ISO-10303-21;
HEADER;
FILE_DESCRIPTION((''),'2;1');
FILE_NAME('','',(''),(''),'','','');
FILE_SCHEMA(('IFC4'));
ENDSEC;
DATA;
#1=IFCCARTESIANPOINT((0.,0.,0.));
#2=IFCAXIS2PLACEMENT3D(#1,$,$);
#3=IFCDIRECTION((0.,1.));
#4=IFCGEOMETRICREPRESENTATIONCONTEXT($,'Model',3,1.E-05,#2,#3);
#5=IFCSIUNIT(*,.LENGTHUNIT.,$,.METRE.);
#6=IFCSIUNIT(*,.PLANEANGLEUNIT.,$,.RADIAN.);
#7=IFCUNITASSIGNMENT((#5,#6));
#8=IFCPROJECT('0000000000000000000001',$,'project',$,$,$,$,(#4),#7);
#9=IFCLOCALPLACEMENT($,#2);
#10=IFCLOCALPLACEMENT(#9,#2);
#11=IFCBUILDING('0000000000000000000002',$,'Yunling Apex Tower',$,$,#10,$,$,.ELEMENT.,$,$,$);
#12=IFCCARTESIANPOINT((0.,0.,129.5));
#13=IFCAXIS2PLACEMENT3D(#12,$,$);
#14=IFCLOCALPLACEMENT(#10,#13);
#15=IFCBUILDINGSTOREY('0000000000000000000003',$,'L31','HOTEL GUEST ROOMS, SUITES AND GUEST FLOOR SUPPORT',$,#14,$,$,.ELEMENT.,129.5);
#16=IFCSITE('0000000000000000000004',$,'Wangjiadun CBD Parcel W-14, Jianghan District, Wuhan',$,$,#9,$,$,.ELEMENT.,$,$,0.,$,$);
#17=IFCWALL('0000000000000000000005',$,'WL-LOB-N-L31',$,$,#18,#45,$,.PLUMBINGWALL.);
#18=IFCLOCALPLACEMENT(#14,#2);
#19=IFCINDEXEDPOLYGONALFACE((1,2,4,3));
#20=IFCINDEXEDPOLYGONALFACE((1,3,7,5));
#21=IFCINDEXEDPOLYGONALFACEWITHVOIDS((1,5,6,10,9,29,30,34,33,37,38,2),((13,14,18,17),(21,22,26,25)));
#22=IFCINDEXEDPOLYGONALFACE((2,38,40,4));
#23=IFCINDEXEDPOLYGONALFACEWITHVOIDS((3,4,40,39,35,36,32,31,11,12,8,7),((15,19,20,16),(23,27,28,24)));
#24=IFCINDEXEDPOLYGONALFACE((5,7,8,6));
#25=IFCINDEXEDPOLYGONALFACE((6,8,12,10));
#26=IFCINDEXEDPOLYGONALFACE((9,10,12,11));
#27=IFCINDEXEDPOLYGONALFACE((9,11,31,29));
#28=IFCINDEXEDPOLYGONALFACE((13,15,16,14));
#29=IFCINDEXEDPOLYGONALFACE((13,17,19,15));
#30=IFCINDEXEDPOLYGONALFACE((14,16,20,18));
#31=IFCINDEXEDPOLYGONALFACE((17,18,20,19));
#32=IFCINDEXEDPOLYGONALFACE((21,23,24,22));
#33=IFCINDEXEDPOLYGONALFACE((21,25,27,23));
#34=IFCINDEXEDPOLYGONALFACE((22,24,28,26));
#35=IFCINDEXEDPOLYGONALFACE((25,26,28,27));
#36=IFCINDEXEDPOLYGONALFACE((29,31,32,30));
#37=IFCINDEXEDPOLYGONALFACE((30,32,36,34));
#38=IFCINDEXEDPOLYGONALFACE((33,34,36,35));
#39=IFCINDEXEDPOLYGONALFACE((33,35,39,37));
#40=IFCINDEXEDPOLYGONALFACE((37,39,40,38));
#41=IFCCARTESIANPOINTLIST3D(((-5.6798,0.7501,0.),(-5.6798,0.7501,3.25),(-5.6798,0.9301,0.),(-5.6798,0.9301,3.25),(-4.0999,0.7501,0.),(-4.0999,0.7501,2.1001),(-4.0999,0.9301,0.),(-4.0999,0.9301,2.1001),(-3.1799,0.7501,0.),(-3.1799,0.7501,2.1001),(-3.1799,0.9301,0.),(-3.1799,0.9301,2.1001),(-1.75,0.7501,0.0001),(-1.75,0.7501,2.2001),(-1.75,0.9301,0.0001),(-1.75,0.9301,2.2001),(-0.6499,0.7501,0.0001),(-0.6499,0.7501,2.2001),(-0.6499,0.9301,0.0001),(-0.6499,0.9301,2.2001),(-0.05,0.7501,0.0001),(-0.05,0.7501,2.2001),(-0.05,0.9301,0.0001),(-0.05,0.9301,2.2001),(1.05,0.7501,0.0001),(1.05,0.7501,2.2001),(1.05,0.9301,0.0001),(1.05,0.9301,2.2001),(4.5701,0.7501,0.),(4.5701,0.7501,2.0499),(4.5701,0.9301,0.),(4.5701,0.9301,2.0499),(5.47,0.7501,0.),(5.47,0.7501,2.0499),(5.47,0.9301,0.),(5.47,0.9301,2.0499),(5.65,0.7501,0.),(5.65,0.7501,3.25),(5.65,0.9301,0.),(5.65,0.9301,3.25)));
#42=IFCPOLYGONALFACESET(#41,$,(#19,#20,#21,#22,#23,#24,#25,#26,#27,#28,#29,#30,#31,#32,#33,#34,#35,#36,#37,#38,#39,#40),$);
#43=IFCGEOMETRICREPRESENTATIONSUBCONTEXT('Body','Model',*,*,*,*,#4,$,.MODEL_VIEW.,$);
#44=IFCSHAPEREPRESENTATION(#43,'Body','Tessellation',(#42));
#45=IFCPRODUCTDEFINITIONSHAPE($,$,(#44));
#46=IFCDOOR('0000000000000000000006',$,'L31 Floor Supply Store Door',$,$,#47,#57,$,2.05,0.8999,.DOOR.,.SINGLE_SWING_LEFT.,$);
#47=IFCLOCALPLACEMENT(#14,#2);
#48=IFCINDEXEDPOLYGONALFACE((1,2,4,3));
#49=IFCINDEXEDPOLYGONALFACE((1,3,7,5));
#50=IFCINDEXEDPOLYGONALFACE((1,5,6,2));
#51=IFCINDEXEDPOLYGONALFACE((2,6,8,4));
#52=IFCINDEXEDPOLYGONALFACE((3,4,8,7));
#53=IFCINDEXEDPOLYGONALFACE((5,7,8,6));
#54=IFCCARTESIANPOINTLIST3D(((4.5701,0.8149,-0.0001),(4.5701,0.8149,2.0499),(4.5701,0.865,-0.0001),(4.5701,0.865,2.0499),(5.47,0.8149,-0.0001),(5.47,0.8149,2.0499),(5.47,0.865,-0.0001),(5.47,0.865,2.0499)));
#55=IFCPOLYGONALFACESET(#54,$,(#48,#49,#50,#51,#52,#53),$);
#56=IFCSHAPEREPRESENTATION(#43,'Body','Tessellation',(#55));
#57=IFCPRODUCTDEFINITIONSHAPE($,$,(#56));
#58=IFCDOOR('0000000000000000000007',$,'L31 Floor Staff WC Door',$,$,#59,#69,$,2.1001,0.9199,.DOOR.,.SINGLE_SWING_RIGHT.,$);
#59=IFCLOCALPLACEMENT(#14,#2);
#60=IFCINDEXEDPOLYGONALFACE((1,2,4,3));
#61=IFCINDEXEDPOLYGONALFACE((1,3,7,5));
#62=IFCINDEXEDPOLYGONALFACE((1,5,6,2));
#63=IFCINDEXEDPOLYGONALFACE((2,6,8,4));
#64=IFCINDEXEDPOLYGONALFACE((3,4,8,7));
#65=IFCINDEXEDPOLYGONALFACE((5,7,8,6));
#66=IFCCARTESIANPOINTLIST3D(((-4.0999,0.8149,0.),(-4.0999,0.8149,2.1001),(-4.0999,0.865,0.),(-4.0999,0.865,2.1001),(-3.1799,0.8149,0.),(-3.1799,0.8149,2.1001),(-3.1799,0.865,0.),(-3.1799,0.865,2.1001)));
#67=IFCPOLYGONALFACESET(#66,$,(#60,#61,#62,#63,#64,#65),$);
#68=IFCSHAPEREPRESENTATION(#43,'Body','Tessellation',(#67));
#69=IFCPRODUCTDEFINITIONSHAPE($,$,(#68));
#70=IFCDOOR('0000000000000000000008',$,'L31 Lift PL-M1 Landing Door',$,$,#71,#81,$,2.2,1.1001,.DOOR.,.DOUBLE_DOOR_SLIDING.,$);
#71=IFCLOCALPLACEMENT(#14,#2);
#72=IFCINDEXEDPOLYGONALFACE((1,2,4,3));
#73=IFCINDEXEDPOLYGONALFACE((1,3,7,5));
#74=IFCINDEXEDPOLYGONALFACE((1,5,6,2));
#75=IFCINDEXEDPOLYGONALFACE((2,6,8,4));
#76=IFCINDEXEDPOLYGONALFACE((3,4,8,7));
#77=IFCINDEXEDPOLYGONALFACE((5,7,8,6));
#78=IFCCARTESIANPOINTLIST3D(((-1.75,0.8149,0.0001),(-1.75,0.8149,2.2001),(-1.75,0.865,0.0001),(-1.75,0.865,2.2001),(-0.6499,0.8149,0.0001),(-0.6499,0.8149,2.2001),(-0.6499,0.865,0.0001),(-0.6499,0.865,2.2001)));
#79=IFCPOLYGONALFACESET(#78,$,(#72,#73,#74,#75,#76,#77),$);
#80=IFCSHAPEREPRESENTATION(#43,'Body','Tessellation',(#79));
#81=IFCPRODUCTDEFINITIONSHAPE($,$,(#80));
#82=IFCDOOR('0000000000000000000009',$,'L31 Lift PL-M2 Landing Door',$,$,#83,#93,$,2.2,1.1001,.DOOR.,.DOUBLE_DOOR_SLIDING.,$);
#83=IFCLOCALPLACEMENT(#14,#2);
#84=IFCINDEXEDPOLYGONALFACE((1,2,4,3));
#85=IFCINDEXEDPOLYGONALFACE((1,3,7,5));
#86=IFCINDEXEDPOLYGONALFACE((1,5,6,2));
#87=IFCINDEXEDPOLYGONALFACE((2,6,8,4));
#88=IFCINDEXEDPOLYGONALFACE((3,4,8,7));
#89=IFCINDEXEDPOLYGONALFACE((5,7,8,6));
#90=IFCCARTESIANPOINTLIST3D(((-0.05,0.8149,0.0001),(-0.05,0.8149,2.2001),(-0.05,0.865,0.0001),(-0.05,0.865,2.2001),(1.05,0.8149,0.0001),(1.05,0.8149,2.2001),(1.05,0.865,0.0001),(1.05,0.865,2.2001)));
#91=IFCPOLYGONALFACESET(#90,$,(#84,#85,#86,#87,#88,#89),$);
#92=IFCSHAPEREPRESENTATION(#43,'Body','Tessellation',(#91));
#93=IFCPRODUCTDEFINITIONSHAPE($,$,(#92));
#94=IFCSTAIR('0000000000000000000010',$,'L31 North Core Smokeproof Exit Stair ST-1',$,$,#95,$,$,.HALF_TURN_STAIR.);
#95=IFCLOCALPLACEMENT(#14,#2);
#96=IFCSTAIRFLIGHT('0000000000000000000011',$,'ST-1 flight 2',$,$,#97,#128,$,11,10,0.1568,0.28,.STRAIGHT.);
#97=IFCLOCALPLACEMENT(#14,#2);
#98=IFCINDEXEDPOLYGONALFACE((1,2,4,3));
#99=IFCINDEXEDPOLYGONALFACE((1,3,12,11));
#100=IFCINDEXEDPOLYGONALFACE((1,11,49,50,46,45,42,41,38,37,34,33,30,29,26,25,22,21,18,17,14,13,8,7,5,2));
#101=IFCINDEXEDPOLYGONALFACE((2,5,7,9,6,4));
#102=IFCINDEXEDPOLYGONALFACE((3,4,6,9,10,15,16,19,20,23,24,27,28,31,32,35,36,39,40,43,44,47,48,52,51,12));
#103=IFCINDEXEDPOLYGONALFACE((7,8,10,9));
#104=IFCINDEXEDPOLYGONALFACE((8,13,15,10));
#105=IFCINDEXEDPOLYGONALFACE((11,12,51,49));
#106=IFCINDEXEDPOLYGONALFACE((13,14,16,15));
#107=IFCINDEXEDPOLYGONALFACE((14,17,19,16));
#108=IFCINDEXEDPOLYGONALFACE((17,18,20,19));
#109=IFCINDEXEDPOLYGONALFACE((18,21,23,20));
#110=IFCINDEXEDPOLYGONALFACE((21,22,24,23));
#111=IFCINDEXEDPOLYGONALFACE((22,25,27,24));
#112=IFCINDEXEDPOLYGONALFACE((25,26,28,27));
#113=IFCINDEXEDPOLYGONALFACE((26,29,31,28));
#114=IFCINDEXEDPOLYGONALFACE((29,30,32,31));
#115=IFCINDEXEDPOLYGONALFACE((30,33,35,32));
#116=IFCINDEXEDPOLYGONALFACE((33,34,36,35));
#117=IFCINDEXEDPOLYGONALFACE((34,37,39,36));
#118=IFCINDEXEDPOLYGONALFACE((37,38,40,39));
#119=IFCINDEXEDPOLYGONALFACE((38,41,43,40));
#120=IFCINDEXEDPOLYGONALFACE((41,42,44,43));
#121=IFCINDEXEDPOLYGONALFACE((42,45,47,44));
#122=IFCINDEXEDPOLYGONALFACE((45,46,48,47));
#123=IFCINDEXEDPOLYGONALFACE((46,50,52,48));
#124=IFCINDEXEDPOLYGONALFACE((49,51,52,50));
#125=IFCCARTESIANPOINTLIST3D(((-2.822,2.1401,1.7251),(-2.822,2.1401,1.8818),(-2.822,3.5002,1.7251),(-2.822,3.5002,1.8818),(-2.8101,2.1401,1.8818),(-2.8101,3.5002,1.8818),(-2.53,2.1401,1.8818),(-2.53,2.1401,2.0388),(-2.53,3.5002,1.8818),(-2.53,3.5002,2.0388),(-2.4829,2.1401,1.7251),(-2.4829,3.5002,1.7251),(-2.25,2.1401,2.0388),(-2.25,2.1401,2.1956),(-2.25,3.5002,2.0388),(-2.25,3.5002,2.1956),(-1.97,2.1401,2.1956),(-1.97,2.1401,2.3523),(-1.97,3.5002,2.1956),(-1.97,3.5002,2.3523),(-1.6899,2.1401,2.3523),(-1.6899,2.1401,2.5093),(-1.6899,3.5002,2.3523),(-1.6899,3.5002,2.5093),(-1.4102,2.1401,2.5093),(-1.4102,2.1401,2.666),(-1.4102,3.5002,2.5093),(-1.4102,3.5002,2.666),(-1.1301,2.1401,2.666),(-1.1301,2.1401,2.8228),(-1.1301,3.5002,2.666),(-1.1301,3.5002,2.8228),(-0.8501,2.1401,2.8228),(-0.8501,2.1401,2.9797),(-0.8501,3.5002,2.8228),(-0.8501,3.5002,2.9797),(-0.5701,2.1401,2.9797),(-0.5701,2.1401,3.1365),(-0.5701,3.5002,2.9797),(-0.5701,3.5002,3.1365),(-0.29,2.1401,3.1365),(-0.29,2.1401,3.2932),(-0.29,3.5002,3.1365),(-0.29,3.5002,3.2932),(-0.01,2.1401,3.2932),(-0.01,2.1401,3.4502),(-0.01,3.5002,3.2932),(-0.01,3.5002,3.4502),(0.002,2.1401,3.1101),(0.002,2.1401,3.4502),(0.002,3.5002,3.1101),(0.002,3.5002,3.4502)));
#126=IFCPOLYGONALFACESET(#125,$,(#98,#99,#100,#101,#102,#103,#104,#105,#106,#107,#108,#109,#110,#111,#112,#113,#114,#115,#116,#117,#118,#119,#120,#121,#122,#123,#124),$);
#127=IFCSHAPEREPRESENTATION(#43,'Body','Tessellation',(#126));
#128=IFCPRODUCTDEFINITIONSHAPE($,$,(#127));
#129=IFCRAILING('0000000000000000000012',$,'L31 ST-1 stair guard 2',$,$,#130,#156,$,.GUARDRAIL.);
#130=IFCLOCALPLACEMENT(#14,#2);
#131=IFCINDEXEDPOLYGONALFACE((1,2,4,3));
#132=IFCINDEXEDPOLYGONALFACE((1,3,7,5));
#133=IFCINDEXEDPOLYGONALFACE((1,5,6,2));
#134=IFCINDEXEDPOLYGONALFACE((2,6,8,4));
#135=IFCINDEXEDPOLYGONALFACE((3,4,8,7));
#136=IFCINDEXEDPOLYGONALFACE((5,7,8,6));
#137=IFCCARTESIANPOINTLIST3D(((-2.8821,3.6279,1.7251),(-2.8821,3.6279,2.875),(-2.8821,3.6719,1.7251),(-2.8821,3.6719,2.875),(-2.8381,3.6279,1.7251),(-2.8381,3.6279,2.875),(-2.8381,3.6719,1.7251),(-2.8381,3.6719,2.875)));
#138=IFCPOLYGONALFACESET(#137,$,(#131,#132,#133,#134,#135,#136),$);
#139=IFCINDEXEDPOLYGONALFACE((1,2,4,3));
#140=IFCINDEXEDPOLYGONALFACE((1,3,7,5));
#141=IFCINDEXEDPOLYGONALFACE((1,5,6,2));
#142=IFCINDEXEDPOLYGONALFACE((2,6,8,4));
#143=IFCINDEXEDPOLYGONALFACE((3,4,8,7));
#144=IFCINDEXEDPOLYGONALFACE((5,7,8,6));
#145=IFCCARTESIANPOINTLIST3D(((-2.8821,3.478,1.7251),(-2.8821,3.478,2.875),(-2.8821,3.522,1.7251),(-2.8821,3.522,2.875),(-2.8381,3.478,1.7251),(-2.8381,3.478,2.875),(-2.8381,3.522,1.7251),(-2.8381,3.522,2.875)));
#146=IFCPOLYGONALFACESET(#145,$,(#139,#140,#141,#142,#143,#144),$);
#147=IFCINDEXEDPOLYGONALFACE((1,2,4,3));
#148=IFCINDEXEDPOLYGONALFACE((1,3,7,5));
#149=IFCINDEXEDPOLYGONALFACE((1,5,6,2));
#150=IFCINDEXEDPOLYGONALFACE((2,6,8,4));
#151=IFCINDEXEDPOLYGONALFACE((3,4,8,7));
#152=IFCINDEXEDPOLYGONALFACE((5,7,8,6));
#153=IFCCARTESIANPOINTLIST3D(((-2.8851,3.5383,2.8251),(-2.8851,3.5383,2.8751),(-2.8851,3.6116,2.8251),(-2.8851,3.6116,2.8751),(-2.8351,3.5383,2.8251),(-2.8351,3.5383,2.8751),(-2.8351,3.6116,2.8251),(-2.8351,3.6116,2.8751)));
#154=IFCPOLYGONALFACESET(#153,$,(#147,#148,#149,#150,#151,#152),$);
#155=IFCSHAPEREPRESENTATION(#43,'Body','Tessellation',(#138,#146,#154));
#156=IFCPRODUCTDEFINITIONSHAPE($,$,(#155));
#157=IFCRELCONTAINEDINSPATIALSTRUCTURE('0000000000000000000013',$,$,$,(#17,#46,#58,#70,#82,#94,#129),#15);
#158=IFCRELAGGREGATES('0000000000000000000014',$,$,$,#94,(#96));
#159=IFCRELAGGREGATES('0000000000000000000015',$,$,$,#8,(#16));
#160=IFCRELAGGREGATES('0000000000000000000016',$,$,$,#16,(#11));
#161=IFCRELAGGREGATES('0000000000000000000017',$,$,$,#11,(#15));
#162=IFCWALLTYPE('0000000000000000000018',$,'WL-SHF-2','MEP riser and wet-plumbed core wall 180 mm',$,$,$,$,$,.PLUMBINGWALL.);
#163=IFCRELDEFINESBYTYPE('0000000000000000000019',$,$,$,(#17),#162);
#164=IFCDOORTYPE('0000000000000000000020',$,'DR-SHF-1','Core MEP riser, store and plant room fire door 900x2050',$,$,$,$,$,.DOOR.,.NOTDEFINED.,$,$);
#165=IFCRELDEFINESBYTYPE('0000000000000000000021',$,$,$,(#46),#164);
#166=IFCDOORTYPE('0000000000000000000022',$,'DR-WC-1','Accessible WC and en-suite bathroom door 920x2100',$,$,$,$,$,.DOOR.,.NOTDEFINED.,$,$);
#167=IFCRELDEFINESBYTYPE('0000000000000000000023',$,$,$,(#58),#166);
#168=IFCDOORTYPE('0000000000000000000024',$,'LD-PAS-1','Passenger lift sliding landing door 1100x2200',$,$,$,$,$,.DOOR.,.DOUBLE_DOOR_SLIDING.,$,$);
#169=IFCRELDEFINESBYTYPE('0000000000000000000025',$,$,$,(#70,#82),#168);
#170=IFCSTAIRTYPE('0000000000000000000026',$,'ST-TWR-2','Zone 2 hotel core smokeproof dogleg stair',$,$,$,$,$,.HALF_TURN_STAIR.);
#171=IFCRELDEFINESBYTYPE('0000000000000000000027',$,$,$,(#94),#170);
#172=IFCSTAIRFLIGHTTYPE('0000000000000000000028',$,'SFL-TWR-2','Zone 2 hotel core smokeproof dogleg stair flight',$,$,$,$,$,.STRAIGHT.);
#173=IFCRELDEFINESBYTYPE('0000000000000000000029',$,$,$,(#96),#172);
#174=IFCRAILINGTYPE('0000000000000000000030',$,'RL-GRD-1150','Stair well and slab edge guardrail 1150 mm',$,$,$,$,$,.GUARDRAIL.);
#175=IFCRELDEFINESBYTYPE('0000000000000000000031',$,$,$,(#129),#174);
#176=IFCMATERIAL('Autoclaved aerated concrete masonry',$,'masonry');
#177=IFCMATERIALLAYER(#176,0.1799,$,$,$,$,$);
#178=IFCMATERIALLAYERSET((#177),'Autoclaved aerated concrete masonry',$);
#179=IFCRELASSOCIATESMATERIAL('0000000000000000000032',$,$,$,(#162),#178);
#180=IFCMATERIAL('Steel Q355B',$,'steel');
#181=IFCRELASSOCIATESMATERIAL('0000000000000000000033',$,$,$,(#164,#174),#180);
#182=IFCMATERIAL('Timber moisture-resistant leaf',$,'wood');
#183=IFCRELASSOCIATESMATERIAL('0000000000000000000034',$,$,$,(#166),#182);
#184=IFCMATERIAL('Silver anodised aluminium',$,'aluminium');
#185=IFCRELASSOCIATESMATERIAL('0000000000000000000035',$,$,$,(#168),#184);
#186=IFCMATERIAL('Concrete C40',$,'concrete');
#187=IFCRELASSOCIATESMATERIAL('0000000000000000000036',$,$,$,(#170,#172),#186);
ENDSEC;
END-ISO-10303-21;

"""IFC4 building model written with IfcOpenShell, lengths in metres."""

from ifc_helpers import new_model, si_unit, direction, frame, frame_2d, origin, origin_2d, place, context, subcontext, project, spatial, polyline, rectangle, outline, extrude, material, layer, layer_set, type_object, element, fill, aggregate, save


model = new_model("IFC4")

# Units and contexts
model_context = context("Model", 3, precision=1e-05, world=origin(), true_north=direction((0.0, 1.0)))
body_context = subcontext(model_context, "Body", "Model", "MODEL_VIEW")
ifc_project = project(units=[si_unit("LENGTHUNIT", "METRE"), si_unit("PLANEANGLEUNIT", "RADIAN")], contexts=[model_context])

# Site, building, storey
site_placement = place(None, origin())
site = spatial("IfcSite", under=ifc_project, at=site_placement, Name="Wangjiadun CBD Parcel W-14, Jianghan District, Wuhan", CompositionType="ELEMENT", RefElevation=0.0)
building_placement = place(site_placement, origin())
building = spatial("IfcBuilding", under=site, at=building_placement, Name="Yunling Apex Tower", CompositionType="ELEMENT")
storey_placement = place(building_placement, frame((0.0, 0.0, 129.5)))
storey = spatial("IfcBuildingStorey", under=building, at=storey_placement, Name="L31", Description="HOTEL GUEST ROOMS, SUITES AND GUEST FLOOR SUPPORT", CompositionType="ELEMENT", Elevation=129.5)

# Shared definitions
ifc_material_1 = material(Name="Steel Q355B", Category="steel")

# Shared definitions
ifc_material_2 = material(Name="Concrete C40", Category="concrete")
ifc_material_3 = material(Name="Autoclaved aerated concrete masonry", Category="masonry")
ifc_layer_1 = layer(ifc_material_3, 0.1799)
ifc_layer_set_1 = layer_set([ifc_layer_1], Name="Autoclaved aerated concrete masonry")
wall_type_1 = type_object("IfcWallType", Name="WL-SHF-2", Description="MEP riser and wet-plumbed core wall 180 mm", PredefinedType="PLUMBINGWALL", material=ifc_layer_set_1)

# Wall, openings, doors
wall_1_placement = place(storey_placement, frame((-5.6799, 0.8401, 0.0), z_axis=(0.0, 0.0, 1.0), x_axis=(1.0, 0.0, 0.0)))
wall_1 = element("IfcWall", 1, at=wall_1_placement, inside=storey, type_object=wall_type_1, Name="WL-LOB-N-L31", PredefinedType="PLUMBINGWALL", context=body_context, shape_type="SweptSolid", body=[
    extrude(rectangle(XDim=11.3298, YDim=0.1799, at=frame_2d((5.665, 0.0))), origin(), (0.0, 0.0, 1.0), 3.25),
])
opening_1_placement = place(wall_1_placement, frame((1.5801, 0.0, 0.0)))
opening_1 = element("IfcOpeningElement", 2, at=opening_1_placement, cuts=wall_1, PredefinedType="OPENING", context=body_context, shape_type="SweptSolid", body=[
    extrude(rectangle(XDim=0.9199, YDim=2.1001, at=frame_2d((0.46, 1.05))), frame((0.0, 0.1001, 0.0), z_axis=(0.0, -1.0, 0.0), x_axis=(1.0, 0.0, 0.0)), (0.0, 0.0, 1.0), 0.2),
])
opening_2_placement = place(wall_1_placement, frame((3.9299, 0.0, 0.0)))
opening_2 = element("IfcOpeningElement", 3, at=opening_2_placement, cuts=wall_1, PredefinedType="OPENING", context=body_context, shape_type="SweptSolid", body=[
    extrude(rectangle(XDim=1.1001, YDim=2.2, at=frame_2d((0.55, 1.1001))), frame((0.0, 0.1001, 0.0), z_axis=(0.0, -1.0, 0.0), x_axis=(1.0, 0.0, 0.0)), (0.0, 0.0, 1.0), 0.2),
])
opening_3_placement = place(wall_1_placement, frame((5.6299, 0.0, 0.0)))
opening_3 = element("IfcOpeningElement", 4, at=opening_3_placement, cuts=wall_1, PredefinedType="OPENING", context=body_context, shape_type="SweptSolid", body=[
    extrude(rectangle(XDim=1.1001, YDim=2.2, at=frame_2d((0.55, 1.1001))), frame((0.0, 0.1001, 0.0), z_axis=(0.0, -1.0, 0.0), x_axis=(1.0, 0.0, 0.0)), (0.0, 0.0, 1.0), 0.2),
])
opening_4_placement = place(wall_1_placement, frame((10.25, 0.0, 0.0)))
opening_4 = element("IfcOpeningElement", 5, at=opening_4_placement, cuts=wall_1, PredefinedType="OPENING", context=body_context, shape_type="SweptSolid", body=[
    extrude(rectangle(XDim=0.8999, YDim=2.05, at=frame_2d((0.45, 1.0249))), frame((0.0, 0.1001, 0.0), z_axis=(0.0, -1.0, 0.0), x_axis=(1.0, 0.0, 0.0)), (0.0, 0.0, 1.0), 0.2),
])
door_type_1 = type_object("IfcDoorType", Name="DR-SHF-1", Description="Core MEP riser, store and plant room fire door 900x2050", OperationType="NOTDEFINED", PredefinedType="DOOR", material=ifc_material_1)
door_1_placement = place(opening_4_placement, origin())
door_1 = element("IfcDoor", 6, at=door_1_placement, inside=storey, type_object=door_type_1, Name="L31 Floor Supply Store Door", OperationType="SINGLE_SWING_LEFT", OverallHeight=2.05, OverallWidth=0.8999, PredefinedType="DOOR", context=body_context, shape_type="SweptSolid", body=[
    extrude(rectangle(XDim=0.8999, YDim=2.05, at=frame_2d((0.45, 1.0249))), frame((0.0, 0.0249, 0.0), z_axis=(0.0, -1.0, 0.0), x_axis=(1.0, 0.0, 0.0)), (0.0, 0.0, 1.0), 0.05),
])
fill(opening_4, door_1)
ifc_material_4 = material(Name="Timber moisture-resistant leaf", Category="wood")
door_type_2 = type_object("IfcDoorType", Name="DR-WC-1", Description="Accessible WC and en-suite bathroom door 920x2100", OperationType="NOTDEFINED", PredefinedType="DOOR", material=ifc_material_4)
door_2_placement = place(opening_1_placement, origin())
door_2 = element("IfcDoor", 7, at=door_2_placement, inside=storey, type_object=door_type_2, Name="L31 Floor Staff WC Door", OperationType="SINGLE_SWING_RIGHT", OverallHeight=2.1001, OverallWidth=0.9199, PredefinedType="DOOR", context=body_context, shape_type="SweptSolid", body=[
    extrude(rectangle(XDim=0.9199, YDim=2.1001, at=frame_2d((0.46, 1.05))), frame((0.0, 0.0249, 0.0), z_axis=(0.0, -1.0, 0.0), x_axis=(1.0, 0.0, 0.0)), (0.0, 0.0, 1.0), 0.05),
])
fill(opening_1, door_2)
ifc_material_5 = material(Name="Silver anodised aluminium", Category="aluminium")
door_type_3 = type_object("IfcDoorType", Name="LD-PAS-1", Description="Passenger lift sliding landing door 1100x2200", OperationType="DOUBLE_DOOR_SLIDING", PredefinedType="DOOR", material=ifc_material_5)
door_3_placement = place(opening_2_placement, origin())
door_3 = element("IfcDoor", 8, at=door_3_placement, inside=storey, type_object=door_type_3, Name="L31 Lift PL-M1 Landing Door", OperationType="DOUBLE_DOOR_SLIDING", OverallHeight=2.2, OverallWidth=1.1001, PredefinedType="DOOR", context=body_context, shape_type="SweptSolid", body=[
    extrude(rectangle(XDim=1.1001, YDim=2.2, at=frame_2d((0.55, 1.1001))), frame((0.0, 0.0249, 0.0), z_axis=(0.0, -1.0, 0.0), x_axis=(1.0, 0.0, 0.0)), (0.0, 0.0, 1.0), 0.05),
])
fill(opening_2, door_3)
door_4_placement = place(opening_3_placement, origin())
door_4 = element("IfcDoor", 9, at=door_4_placement, inside=storey, type_object=door_type_3, Name="L31 Lift PL-M2 Landing Door", OperationType="DOUBLE_DOOR_SLIDING", OverallHeight=2.2, OverallWidth=1.1001, PredefinedType="DOOR", context=body_context, shape_type="SweptSolid", body=[
    extrude(rectangle(XDim=1.1001, YDim=2.2, at=frame_2d((0.55, 1.1001))), frame((0.0, 0.0249, 0.0), z_axis=(0.0, -1.0, 0.0), x_axis=(1.0, 0.0, 0.0)), (0.0, 0.0, 1.0), 0.05),
])
fill(opening_3, door_4)

# Stair, stair flight
stair_type = type_object("IfcStairType", Name="ST-TWR-2", Description="Zone 2 hotel core smokeproof dogleg stair", PredefinedType="HALF_TURN_STAIR", material=ifc_material_2)
stair_placement = place(storey_placement, origin())
stair = element("IfcStair", 10, at=stair_placement, inside=storey, type_object=stair_type, Name="L31 North Core Smokeproof Exit Stair ST-1", PredefinedType="HALF_TURN_STAIR")
stair_flight_type = type_object("IfcStairFlightType", Name="SFL-TWR-2", Description="Zone 2 hotel core smokeproof dogleg stair flight", PredefinedType="STRAIGHT", material=ifc_material_2)
stair_flight_placement = place(storey_placement, frame((-2.8101, 2.8201, 1.7251), z_axis=(0.0, 0.0, 1.0), x_axis=(1.0, 0.0, 0.0)))
stair_flight = element("IfcStairFlight", 11, at=stair_flight_placement, type_object=stair_flight_type, Name="ST-1 flight 2", NumberOfRisers=11, NumberOfTreads=10, PredefinedType="STRAIGHT", RiserHeight=0.1568, TreadLength=0.28, context=body_context, shape_type="SweptSolid", body=[
    extrude(outline(polyline([(-0.012, 0.0), (-0.012, 0.1567), (0.0, 0.1567), (0.28, 0.1567), (0.28, 0.3137), (0.5601, 0.3137), (0.5601, 0.4705), (0.8401, 0.4705), (0.8401, 0.6272), (1.1201, 0.6272), (1.1201, 0.7842), (1.3999, 0.7842), (1.3999, 0.9409), (1.6799, 0.9409), (1.6799, 1.0977), (1.96, 1.0977), (1.96, 1.2546), (2.24, 1.2546), (2.24, 1.4114), (2.52, 1.4114), (2.52, 1.5681), (2.8, 1.5681), (2.8, 1.7251), (2.812, 1.7251), (2.812, 1.385), (0.3271, 0.0), (-0.012, 0.0)])), frame((0.0, 0.6802, 0.0), z_axis=(0.0, -1.0, 0.0), x_axis=(1.0, 0.0, 0.0)), (0.0, 0.0, 1.0), 1.3601),
])
aggregate(stair, [stair_flight])

# Railing
railing_type_1 = type_object("IfcRailingType", Name="RL-GRD-1150", Description="Stair well and slab edge guardrail 1150 mm", PredefinedType="GUARDRAIL", material=ifc_material_1)
railing_1_placement = place(storey_placement, frame((-2.8601, 3.6499, 1.7251)))
element("IfcRailing", 12, at=railing_1_placement, inside=storey, type_object=railing_type_1, Name="L31 ST-1 stair guard 2", PredefinedType="GUARDRAIL", context=body_context, shape_type="SweptSolid", body=[
    extrude(rectangle(XDim=0.0439, YDim=0.0439, at=origin_2d()), origin(), (0.0, 0.0, 1.0), 1.1499),
    extrude(rectangle(XDim=0.0439, YDim=0.0439, at=origin_2d()), frame((0.0, -0.1499, 0.0)), (0.0, 0.0, 1.0), 1.1499),
    extrude(rectangle(XDim=0.05, YDim=0.05, at=origin_2d()), frame((0.0, -0.0383, 1.125), z_axis=(0.0, -1.0, 0.0), x_axis=(1.0, 0.0, 0.0)), (0.0, 0.0, 1.0), 0.0732),
])

save(model, "model.ifc")
